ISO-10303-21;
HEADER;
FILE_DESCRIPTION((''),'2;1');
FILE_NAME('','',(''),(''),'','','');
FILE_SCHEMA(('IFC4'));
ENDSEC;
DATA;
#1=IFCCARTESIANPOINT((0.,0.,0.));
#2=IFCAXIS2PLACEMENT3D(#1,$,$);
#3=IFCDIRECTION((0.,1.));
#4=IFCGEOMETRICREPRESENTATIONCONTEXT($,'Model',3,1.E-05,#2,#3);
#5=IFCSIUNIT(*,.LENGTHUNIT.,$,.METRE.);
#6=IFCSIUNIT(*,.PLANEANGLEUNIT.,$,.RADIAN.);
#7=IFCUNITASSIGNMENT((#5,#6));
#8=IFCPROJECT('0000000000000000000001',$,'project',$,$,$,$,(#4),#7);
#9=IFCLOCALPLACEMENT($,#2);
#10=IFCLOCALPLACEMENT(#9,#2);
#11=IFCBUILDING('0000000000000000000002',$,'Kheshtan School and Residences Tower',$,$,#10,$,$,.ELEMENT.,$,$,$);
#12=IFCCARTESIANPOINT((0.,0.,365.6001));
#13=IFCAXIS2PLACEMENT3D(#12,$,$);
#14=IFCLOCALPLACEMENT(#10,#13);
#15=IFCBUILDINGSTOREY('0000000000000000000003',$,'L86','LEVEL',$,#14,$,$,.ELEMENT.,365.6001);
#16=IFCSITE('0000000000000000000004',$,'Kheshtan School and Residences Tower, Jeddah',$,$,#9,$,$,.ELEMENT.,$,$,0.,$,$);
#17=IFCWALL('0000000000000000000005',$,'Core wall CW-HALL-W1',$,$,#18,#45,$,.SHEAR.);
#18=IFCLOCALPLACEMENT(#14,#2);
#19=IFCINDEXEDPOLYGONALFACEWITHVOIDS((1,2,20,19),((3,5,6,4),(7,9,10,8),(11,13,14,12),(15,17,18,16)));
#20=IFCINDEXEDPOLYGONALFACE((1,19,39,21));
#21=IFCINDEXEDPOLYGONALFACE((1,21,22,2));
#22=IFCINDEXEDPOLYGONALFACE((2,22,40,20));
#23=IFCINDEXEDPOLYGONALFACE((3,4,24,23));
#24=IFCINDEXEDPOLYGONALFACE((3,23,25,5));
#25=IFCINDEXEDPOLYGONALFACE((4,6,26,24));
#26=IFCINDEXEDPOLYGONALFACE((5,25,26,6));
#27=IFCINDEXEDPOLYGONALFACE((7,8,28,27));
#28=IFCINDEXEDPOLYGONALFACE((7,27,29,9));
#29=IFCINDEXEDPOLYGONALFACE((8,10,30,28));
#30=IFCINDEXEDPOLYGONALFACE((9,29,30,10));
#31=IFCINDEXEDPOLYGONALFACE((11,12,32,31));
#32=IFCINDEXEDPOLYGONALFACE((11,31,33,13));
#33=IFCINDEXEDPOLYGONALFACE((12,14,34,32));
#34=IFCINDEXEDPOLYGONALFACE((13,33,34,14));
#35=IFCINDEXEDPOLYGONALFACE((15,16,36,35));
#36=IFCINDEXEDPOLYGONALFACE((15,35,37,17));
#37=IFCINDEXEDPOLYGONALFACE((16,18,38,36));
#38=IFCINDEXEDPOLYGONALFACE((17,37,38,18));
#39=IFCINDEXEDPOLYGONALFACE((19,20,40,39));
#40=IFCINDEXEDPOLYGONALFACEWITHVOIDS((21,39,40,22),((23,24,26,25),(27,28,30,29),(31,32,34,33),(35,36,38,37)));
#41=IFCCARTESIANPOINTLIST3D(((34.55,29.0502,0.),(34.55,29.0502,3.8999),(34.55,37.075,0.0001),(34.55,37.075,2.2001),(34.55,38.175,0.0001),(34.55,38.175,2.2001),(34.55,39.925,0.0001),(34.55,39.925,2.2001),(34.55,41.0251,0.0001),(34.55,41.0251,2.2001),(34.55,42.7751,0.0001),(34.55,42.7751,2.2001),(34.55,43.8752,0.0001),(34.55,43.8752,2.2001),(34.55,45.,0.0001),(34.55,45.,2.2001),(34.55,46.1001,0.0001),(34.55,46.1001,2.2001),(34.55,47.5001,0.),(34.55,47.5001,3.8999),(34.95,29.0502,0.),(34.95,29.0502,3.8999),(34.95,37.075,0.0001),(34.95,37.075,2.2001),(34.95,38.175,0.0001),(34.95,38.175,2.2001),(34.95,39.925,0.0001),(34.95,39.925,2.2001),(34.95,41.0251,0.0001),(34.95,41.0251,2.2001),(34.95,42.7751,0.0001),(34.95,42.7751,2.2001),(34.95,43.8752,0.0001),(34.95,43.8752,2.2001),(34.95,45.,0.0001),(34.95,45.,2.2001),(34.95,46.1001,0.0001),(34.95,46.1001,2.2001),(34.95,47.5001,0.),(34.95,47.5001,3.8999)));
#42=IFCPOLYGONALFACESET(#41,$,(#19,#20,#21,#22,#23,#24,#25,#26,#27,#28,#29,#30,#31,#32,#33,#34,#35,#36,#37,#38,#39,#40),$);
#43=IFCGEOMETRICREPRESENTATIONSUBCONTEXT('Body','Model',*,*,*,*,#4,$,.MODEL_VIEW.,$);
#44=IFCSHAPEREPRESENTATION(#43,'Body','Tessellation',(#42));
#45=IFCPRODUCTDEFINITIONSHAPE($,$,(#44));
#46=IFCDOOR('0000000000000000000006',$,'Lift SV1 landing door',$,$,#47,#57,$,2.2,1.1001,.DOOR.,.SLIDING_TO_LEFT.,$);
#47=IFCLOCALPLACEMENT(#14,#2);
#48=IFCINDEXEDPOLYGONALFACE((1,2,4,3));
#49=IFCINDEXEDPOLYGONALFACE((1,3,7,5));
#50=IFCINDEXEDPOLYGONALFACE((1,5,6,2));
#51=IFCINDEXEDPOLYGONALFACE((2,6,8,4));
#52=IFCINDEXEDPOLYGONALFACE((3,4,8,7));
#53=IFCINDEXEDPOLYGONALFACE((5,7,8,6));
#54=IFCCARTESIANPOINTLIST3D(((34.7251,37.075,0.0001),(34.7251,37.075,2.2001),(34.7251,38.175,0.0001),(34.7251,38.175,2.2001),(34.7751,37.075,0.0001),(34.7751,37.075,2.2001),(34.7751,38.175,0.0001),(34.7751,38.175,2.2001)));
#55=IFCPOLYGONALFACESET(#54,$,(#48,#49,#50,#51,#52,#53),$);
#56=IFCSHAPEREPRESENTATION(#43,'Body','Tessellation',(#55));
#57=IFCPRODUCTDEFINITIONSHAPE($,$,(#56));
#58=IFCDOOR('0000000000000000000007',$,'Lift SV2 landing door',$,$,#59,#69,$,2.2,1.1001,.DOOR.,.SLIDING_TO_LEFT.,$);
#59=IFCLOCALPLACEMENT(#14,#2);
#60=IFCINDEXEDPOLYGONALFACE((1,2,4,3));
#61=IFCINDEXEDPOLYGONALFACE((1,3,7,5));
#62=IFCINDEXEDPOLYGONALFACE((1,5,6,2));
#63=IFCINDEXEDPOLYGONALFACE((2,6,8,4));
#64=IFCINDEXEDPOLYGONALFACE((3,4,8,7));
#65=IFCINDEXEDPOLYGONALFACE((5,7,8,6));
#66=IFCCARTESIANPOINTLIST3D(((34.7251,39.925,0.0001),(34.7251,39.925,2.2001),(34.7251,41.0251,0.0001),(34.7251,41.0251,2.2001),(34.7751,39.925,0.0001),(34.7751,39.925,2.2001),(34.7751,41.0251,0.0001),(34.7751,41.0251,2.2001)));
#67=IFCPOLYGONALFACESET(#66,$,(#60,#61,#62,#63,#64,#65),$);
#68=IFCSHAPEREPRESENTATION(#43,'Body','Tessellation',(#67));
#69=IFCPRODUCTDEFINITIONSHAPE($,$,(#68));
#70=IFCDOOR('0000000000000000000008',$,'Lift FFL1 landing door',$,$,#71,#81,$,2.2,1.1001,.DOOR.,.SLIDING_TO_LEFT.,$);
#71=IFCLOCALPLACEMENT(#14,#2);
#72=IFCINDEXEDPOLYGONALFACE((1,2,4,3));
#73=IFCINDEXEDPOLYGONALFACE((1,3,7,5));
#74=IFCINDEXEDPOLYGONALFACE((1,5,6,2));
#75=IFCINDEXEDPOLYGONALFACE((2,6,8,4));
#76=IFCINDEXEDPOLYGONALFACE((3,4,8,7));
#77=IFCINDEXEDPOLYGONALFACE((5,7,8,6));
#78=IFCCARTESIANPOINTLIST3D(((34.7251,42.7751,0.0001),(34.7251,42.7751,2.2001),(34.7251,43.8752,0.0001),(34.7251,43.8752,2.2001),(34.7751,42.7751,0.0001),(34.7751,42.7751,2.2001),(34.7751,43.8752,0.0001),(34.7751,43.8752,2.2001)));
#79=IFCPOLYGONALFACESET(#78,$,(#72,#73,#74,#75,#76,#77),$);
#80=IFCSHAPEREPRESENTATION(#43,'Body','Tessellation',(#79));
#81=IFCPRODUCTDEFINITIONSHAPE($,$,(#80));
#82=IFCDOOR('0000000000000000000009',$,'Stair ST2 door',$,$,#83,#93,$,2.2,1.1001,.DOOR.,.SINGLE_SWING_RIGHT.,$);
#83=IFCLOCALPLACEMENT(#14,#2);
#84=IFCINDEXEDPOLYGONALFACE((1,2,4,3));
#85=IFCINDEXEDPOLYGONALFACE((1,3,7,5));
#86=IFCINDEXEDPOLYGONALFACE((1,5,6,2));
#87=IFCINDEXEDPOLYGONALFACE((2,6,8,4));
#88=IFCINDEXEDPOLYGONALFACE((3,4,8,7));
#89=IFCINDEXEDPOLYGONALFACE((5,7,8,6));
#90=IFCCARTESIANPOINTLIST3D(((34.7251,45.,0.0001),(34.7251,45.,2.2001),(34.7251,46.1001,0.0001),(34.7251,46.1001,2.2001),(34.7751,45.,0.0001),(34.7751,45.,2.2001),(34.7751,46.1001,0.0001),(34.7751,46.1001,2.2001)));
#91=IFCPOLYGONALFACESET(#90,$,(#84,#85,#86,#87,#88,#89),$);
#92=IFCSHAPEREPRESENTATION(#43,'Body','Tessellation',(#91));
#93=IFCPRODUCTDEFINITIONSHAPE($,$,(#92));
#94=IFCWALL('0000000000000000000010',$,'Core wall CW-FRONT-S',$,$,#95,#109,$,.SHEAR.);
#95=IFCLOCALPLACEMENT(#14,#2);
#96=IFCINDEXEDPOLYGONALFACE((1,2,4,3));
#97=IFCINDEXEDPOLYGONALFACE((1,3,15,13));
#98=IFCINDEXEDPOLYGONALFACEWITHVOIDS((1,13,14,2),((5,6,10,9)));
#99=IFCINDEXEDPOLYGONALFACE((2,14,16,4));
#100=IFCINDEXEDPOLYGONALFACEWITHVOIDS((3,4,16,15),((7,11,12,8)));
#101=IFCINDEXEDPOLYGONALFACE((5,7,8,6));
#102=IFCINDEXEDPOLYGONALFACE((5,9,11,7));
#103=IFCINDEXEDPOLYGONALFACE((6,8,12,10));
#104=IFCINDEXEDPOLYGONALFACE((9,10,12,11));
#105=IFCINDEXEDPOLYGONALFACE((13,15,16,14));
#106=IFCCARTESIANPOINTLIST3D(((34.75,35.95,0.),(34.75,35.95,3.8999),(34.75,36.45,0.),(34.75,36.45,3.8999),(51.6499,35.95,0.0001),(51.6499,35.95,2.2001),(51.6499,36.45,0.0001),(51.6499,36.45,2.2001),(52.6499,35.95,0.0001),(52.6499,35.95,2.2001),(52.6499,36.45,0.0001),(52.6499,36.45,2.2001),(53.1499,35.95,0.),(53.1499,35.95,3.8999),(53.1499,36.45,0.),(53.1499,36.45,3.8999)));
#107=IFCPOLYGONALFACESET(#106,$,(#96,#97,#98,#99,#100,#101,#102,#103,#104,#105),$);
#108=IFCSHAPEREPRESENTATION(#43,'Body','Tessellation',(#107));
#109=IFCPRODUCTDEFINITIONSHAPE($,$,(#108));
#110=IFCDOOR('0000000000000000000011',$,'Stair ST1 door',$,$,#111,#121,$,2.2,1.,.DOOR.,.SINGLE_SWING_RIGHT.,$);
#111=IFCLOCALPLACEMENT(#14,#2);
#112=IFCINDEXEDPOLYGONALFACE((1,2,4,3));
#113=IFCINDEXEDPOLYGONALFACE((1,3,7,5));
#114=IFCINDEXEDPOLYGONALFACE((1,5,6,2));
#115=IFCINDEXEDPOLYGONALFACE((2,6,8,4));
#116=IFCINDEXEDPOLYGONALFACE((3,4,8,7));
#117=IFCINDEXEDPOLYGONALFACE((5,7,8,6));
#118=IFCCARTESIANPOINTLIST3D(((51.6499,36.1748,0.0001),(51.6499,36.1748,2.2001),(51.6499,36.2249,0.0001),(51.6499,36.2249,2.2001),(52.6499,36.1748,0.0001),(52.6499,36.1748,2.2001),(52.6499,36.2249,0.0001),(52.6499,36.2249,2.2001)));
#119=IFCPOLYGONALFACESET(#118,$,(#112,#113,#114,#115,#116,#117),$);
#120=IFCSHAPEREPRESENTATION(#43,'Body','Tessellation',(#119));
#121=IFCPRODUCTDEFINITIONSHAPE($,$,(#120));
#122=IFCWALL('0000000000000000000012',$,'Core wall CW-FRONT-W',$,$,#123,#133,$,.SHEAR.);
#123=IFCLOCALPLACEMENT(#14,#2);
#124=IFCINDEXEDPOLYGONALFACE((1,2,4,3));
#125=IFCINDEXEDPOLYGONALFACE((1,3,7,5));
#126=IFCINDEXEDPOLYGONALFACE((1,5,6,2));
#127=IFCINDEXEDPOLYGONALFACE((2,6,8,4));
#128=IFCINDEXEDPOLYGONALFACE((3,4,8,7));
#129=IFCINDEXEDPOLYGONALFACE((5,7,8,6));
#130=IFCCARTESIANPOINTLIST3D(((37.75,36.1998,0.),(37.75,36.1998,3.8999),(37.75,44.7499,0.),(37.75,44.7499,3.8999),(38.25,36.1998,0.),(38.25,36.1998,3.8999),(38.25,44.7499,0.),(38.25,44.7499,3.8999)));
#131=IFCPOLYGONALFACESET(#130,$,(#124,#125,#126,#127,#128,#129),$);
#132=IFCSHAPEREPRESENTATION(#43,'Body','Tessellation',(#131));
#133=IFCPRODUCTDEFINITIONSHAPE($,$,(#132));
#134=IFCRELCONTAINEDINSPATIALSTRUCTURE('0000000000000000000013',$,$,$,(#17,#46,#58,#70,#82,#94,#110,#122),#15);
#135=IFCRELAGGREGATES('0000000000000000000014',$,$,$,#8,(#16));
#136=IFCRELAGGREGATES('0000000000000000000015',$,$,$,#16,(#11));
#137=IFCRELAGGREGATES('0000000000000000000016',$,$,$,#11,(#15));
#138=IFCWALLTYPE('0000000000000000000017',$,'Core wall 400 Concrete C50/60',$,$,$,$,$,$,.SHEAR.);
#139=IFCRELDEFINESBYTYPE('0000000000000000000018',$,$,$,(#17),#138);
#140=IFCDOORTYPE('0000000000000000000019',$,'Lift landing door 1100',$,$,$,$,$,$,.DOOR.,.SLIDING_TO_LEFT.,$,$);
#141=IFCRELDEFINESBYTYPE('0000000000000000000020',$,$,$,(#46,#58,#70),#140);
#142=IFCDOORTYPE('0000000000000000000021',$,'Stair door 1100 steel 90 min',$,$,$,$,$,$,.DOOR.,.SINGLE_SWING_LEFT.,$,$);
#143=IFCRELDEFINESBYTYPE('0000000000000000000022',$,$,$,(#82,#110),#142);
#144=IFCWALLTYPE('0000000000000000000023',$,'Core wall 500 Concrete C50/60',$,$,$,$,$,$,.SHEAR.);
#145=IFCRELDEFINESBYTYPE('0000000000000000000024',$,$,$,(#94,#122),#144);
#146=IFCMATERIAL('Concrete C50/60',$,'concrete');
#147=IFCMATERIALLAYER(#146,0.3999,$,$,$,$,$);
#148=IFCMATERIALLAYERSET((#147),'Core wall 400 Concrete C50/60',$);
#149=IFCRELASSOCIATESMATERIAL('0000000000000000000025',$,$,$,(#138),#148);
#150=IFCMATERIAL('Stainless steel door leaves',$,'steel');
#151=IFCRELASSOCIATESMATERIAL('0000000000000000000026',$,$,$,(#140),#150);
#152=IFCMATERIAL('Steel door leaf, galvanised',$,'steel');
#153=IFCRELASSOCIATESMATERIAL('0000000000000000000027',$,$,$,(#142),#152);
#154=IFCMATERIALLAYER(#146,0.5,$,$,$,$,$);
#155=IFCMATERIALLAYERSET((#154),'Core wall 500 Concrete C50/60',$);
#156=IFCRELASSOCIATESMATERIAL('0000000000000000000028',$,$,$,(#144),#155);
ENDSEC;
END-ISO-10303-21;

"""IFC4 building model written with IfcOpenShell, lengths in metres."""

from ifc_helpers import new_model, si_unit, direction, frame, frame_2d, origin, place, context, subcontext, project, spatial, rectangle, extrude, source, transform, mapped, material, layer, layer_set, type_object, element, fill, save


model = new_model("IFC4")

# Units and contexts
model_context = context("Model", 3, precision=1e-05, world=origin(), true_north=direction((0.0, 1.0)))
body_context = subcontext(model_context, "Body", "Model", "MODEL_VIEW")
ifc_project = project(units=[si_unit("LENGTHUNIT", "METRE"), si_unit("PLANEANGLEUNIT", "RADIAN")], contexts=[model_context])

# Site, building, storey
site_placement = place(None, origin())
site = spatial("IfcSite", under=ifc_project, at=site_placement, Name="Kheshtan School and Residences Tower, Jeddah", CompositionType="ELEMENT", RefElevation=0.0)
building_placement = place(site_placement, origin())
building = spatial("IfcBuilding", under=site, at=building_placement, Name="Kheshtan School and Residences Tower", CompositionType="ELEMENT")
storey_placement = place(building_placement, frame((0.0, 0.0, 365.6001)))
storey = spatial("IfcBuildingStorey", under=building, at=storey_placement, Name="L86", Description="LEVEL", CompositionType="ELEMENT", Elevation=365.6001)

# Wall, openings, doors
ifc_material_1 = material(Name="Concrete C50/60", Category="concrete")
ifc_layer_1 = layer(ifc_material_1, 0.3999)
ifc_layer_set_1 = layer_set([ifc_layer_1], Name="Core wall 400 Concrete C50/60")
wall_type_1 = type_object("IfcWallType", Name="Core wall 400 Concrete C50/60", PredefinedType="SHEAR", material=ifc_layer_set_1)
ifc_material_2 = material(Name="Stainless steel door leaves", Category="steel")
door_type_1 = type_object("IfcDoorType", Name="Lift landing door 1100", OperationType="SLIDING_TO_LEFT", PredefinedType="DOOR", material=ifc_material_2)
shared_shape_1 = source(origin(), body_context, "Body", "SweptSolid", [
    extrude(rectangle(XDim=1.1001, YDim=2.2, at=frame_2d((0.55, 1.1001))), frame((0.0, 0.0249, 0.0), z_axis=(0.0, -1.0, 0.0), x_axis=(1.0, 0.0, 0.0)), (0.0, 0.0, 1.0), 0.05),
])
ifc_material_3 = material(Name="Steel door leaf, galvanised", Category="steel")
wall_1_placement = place(storey_placement, frame((34.75, 29.05, 0.0), z_axis=(0.0, 0.0, 1.0), x_axis=(0.0, 1.0, 0.0)))
wall_1 = element("IfcWall", 1, at=wall_1_placement, inside=storey, type_object=wall_type_1, Name="Core wall CW-HALL-W1", PredefinedType="SHEAR", context=body_context, shape_type="SweptSolid", body=[
    extrude(rectangle(XDim=18.45, YDim=0.3999, at=frame_2d((9.2251, 0.0))), origin(), (0.0, 0.0, 1.0), 3.8999),
])
opening_1_placement = place(wall_1_placement, frame((8.0249, 0.0, 0.0)))
opening_1 = element("IfcOpeningElement", 2, at=opening_1_placement, cuts=wall_1, PredefinedType="OPENING", context=body_context, shape_type="SweptSolid", body=[
    extrude(rectangle(XDim=1.1001, YDim=2.2, at=frame_2d((0.55, 1.1001))), frame((0.0, 0.21, 0.0), z_axis=(0.0, -1.0, 0.0), x_axis=(1.0, 0.0, 0.0)), (0.0, 0.0, 1.0), 0.4199),
])
opening_2_placement = place(wall_1_placement, frame((10.875, 0.0, 0.0)))
opening_2 = element("IfcOpeningElement", 3, at=opening_2_placement, cuts=wall_1, PredefinedType="OPENING", context=body_context, shape_type="SweptSolid", body=[
    extrude(rectangle(XDim=1.1001, YDim=2.2, at=frame_2d((0.55, 1.1001))), frame((0.0, 0.21, 0.0), z_axis=(0.0, -1.0, 0.0), x_axis=(1.0, 0.0, 0.0)), (0.0, 0.0, 1.0), 0.4199),
])
opening_3_placement = place(wall_1_placement, frame((13.7251, 0.0, 0.0)))
opening_3 = element("IfcOpeningElement", 4, at=opening_3_placement, cuts=wall_1, PredefinedType="OPENING", context=body_context, shape_type="SweptSolid", body=[
    extrude(rectangle(XDim=1.1001, YDim=2.2, at=frame_2d((0.55, 1.1001))), frame((0.0, 0.21, 0.0), z_axis=(0.0, -1.0, 0.0), x_axis=(1.0, 0.0, 0.0)), (0.0, 0.0, 1.0), 0.4199),
])
opening_4_placement = place(wall_1_placement, frame((15.95, 0.0, 0.0)))
opening_4 = element("IfcOpeningElement", 5, at=opening_4_placement, cuts=wall_1, PredefinedType="OPENING", context=body_context, shape_type="SweptSolid", body=[
    extrude(rectangle(XDim=1.1001, YDim=2.2, at=frame_2d((0.55, 1.1001))), frame((0.0, 0.21, 0.0), z_axis=(0.0, -1.0, 0.0), x_axis=(1.0, 0.0, 0.0)), (0.0, 0.0, 1.0), 0.4199),
])
door_1_placement = place(opening_1_placement, origin())
door_1 = element("IfcDoor", 6, at=door_1_placement, inside=storey, type_object=door_type_1, Name="Lift SV1 landing door", OperationType="SLIDING_TO_LEFT", OverallHeight=2.2, OverallWidth=1.1001, PredefinedType="DOOR", context=body_context, shape_type="MappedRepresentation", body=[
    mapped(shared_shape_1, transform((0.0, 0.0, 0.0), x_axis=(1.0, 0.0, 0.0), y_axis=(0.0, 1.0, 0.0), z_axis=(0.0, 0.0, 1.0), scale=1.0)),
])
fill(opening_1, door_1)
door_2_placement = place(opening_2_placement, origin())
door_2 = element("IfcDoor", 7, at=door_2_placement, inside=storey, type_object=door_type_1, Name="Lift SV2 landing door", OperationType="SLIDING_TO_LEFT", OverallHeight=2.2, OverallWidth=1.1001, PredefinedType="DOOR", context=body_context, shape_type="MappedRepresentation", body=[
    mapped(shared_shape_1, transform((0.0, 0.0, 0.0), x_axis=(1.0, 0.0, 0.0), y_axis=(0.0, 1.0, 0.0), z_axis=(0.0, 0.0, 1.0), scale=1.0)),
])
fill(opening_2, door_2)
door_3_placement = place(opening_3_placement, origin())
door_3 = element("IfcDoor", 8, at=door_3_placement, inside=storey, type_object=door_type_1, Name="Lift FFL1 landing door", OperationType="SLIDING_TO_LEFT", OverallHeight=2.2, OverallWidth=1.1001, PredefinedType="DOOR", context=body_context, shape_type="MappedRepresentation", body=[
    mapped(shared_shape_1, transform((0.0, 0.0, 0.0), x_axis=(1.0, 0.0, 0.0), y_axis=(0.0, 1.0, 0.0), z_axis=(0.0, 0.0, 1.0), scale=1.0)),
])
fill(opening_3, door_3)
door_type_2 = type_object("IfcDoorType", Name="Stair door 1100 steel 90 min", OperationType="SINGLE_SWING_LEFT", PredefinedType="DOOR", material=ifc_material_3)
shared_shape_2 = source(origin(), body_context, "Body", "SweptSolid", [
    extrude(rectangle(XDim=1.1001, YDim=2.2, at=frame_2d((0.55, 1.1001))), frame((0.0, 0.0249, 0.0), z_axis=(0.0, -1.0, 0.0), x_axis=(1.0, 0.0, 0.0)), (0.0, 0.0, 1.0), 0.05),
])
door_4_placement = place(opening_4_placement, origin())
door_4 = element("IfcDoor", 9, at=door_4_placement, inside=storey, type_object=door_type_2, Name="Stair ST2 door", OperationType="SINGLE_SWING_RIGHT", OverallHeight=2.2, OverallWidth=1.1001, PredefinedType="DOOR", context=body_context, shape_type="MappedRepresentation", body=[
    mapped(shared_shape_2, transform((0.0, 0.0, 0.0), x_axis=(1.0, 0.0, 0.0), y_axis=(0.0, 1.0, 0.0), z_axis=(0.0, 0.0, 1.0), scale=1.0)),
])
fill(opening_4, door_4)

# Wall, opening, door
ifc_layer_2 = layer(ifc_material_1, 0.5)
ifc_layer_set_2 = layer_set([ifc_layer_2], Name="Core wall 500 Concrete C50/60")
wall_type_2 = type_object("IfcWallType", Name="Core wall 500 Concrete C50/60", PredefinedType="SHEAR", material=ifc_layer_set_2)
wall_2_placement = place(storey_placement, frame((34.75, 36.2, 0.0), z_axis=(0.0, 0.0, 1.0), x_axis=(1.0, 0.0, 0.0)))
wall_2 = element("IfcWall", 10, at=wall_2_placement, inside=storey, type_object=wall_type_2, Name="Core wall CW-FRONT-S", PredefinedType="SHEAR", context=body_context, shape_type="SweptSolid", body=[
    extrude(rectangle(XDim=18.3999, YDim=0.5, at=frame_2d((9.2, 0.0))), origin(), (0.0, 0.0, 1.0), 3.8999),
])
opening_5_placement = place(wall_2_placement, frame((16.8999, 0.0, 0.0)))
opening_5 = element("IfcOpeningElement", 11, at=opening_5_placement, cuts=wall_2, PredefinedType="OPENING", context=body_context, shape_type="SweptSolid", body=[
    extrude(rectangle(XDim=1.0, YDim=2.2, at=frame_2d((0.5, 1.1001))), frame((0.0, 0.26, 0.0), z_axis=(0.0, -1.0, 0.0), x_axis=(1.0, 0.0, 0.0)), (0.0, 0.0, 1.0), 0.52),
])
shared_shape_3 = source(origin(), body_context, "Body", "SweptSolid", [
    extrude(rectangle(XDim=1.0, YDim=2.2, at=frame_2d((0.5, 1.1001))), frame((0.0, 0.0249, 0.0), z_axis=(0.0, -1.0, 0.0), x_axis=(1.0, 0.0, 0.0)), (0.0, 0.0, 1.0), 0.05),
])
door_5_placement = place(opening_5_placement, origin())
door_5 = element("IfcDoor", 12, at=door_5_placement, inside=storey, type_object=door_type_2, Name="Stair ST1 door", OperationType="SINGLE_SWING_RIGHT", OverallHeight=2.2, OverallWidth=1.0, PredefinedType="DOOR", context=body_context, shape_type="MappedRepresentation", body=[
    mapped(shared_shape_3, transform((0.0, 0.0, 0.0), x_axis=(1.0, 0.0, 0.0), y_axis=(0.0, 1.0, 0.0), z_axis=(0.0, 0.0, 1.0), scale=1.0)),
])
fill(opening_5, door_5)

# Wall
wall_3_placement = place(storey_placement, frame((38.0, 36.2, 0.0), z_axis=(0.0, 0.0, 1.0), x_axis=(0.0, 1.0, 0.0)))
element("IfcWall", 13, at=wall_3_placement, inside=storey, type_object=wall_type_2, Name="Core wall CW-FRONT-W", PredefinedType="SHEAR", context=body_context, shape_type="SweptSolid", body=[
    extrude(rectangle(XDim=8.55, YDim=0.5, at=frame_2d((4.2749, 0.0))), origin(), (0.0, 0.0, 1.0), 3.8999),
])

save(model, "model.ifc")
